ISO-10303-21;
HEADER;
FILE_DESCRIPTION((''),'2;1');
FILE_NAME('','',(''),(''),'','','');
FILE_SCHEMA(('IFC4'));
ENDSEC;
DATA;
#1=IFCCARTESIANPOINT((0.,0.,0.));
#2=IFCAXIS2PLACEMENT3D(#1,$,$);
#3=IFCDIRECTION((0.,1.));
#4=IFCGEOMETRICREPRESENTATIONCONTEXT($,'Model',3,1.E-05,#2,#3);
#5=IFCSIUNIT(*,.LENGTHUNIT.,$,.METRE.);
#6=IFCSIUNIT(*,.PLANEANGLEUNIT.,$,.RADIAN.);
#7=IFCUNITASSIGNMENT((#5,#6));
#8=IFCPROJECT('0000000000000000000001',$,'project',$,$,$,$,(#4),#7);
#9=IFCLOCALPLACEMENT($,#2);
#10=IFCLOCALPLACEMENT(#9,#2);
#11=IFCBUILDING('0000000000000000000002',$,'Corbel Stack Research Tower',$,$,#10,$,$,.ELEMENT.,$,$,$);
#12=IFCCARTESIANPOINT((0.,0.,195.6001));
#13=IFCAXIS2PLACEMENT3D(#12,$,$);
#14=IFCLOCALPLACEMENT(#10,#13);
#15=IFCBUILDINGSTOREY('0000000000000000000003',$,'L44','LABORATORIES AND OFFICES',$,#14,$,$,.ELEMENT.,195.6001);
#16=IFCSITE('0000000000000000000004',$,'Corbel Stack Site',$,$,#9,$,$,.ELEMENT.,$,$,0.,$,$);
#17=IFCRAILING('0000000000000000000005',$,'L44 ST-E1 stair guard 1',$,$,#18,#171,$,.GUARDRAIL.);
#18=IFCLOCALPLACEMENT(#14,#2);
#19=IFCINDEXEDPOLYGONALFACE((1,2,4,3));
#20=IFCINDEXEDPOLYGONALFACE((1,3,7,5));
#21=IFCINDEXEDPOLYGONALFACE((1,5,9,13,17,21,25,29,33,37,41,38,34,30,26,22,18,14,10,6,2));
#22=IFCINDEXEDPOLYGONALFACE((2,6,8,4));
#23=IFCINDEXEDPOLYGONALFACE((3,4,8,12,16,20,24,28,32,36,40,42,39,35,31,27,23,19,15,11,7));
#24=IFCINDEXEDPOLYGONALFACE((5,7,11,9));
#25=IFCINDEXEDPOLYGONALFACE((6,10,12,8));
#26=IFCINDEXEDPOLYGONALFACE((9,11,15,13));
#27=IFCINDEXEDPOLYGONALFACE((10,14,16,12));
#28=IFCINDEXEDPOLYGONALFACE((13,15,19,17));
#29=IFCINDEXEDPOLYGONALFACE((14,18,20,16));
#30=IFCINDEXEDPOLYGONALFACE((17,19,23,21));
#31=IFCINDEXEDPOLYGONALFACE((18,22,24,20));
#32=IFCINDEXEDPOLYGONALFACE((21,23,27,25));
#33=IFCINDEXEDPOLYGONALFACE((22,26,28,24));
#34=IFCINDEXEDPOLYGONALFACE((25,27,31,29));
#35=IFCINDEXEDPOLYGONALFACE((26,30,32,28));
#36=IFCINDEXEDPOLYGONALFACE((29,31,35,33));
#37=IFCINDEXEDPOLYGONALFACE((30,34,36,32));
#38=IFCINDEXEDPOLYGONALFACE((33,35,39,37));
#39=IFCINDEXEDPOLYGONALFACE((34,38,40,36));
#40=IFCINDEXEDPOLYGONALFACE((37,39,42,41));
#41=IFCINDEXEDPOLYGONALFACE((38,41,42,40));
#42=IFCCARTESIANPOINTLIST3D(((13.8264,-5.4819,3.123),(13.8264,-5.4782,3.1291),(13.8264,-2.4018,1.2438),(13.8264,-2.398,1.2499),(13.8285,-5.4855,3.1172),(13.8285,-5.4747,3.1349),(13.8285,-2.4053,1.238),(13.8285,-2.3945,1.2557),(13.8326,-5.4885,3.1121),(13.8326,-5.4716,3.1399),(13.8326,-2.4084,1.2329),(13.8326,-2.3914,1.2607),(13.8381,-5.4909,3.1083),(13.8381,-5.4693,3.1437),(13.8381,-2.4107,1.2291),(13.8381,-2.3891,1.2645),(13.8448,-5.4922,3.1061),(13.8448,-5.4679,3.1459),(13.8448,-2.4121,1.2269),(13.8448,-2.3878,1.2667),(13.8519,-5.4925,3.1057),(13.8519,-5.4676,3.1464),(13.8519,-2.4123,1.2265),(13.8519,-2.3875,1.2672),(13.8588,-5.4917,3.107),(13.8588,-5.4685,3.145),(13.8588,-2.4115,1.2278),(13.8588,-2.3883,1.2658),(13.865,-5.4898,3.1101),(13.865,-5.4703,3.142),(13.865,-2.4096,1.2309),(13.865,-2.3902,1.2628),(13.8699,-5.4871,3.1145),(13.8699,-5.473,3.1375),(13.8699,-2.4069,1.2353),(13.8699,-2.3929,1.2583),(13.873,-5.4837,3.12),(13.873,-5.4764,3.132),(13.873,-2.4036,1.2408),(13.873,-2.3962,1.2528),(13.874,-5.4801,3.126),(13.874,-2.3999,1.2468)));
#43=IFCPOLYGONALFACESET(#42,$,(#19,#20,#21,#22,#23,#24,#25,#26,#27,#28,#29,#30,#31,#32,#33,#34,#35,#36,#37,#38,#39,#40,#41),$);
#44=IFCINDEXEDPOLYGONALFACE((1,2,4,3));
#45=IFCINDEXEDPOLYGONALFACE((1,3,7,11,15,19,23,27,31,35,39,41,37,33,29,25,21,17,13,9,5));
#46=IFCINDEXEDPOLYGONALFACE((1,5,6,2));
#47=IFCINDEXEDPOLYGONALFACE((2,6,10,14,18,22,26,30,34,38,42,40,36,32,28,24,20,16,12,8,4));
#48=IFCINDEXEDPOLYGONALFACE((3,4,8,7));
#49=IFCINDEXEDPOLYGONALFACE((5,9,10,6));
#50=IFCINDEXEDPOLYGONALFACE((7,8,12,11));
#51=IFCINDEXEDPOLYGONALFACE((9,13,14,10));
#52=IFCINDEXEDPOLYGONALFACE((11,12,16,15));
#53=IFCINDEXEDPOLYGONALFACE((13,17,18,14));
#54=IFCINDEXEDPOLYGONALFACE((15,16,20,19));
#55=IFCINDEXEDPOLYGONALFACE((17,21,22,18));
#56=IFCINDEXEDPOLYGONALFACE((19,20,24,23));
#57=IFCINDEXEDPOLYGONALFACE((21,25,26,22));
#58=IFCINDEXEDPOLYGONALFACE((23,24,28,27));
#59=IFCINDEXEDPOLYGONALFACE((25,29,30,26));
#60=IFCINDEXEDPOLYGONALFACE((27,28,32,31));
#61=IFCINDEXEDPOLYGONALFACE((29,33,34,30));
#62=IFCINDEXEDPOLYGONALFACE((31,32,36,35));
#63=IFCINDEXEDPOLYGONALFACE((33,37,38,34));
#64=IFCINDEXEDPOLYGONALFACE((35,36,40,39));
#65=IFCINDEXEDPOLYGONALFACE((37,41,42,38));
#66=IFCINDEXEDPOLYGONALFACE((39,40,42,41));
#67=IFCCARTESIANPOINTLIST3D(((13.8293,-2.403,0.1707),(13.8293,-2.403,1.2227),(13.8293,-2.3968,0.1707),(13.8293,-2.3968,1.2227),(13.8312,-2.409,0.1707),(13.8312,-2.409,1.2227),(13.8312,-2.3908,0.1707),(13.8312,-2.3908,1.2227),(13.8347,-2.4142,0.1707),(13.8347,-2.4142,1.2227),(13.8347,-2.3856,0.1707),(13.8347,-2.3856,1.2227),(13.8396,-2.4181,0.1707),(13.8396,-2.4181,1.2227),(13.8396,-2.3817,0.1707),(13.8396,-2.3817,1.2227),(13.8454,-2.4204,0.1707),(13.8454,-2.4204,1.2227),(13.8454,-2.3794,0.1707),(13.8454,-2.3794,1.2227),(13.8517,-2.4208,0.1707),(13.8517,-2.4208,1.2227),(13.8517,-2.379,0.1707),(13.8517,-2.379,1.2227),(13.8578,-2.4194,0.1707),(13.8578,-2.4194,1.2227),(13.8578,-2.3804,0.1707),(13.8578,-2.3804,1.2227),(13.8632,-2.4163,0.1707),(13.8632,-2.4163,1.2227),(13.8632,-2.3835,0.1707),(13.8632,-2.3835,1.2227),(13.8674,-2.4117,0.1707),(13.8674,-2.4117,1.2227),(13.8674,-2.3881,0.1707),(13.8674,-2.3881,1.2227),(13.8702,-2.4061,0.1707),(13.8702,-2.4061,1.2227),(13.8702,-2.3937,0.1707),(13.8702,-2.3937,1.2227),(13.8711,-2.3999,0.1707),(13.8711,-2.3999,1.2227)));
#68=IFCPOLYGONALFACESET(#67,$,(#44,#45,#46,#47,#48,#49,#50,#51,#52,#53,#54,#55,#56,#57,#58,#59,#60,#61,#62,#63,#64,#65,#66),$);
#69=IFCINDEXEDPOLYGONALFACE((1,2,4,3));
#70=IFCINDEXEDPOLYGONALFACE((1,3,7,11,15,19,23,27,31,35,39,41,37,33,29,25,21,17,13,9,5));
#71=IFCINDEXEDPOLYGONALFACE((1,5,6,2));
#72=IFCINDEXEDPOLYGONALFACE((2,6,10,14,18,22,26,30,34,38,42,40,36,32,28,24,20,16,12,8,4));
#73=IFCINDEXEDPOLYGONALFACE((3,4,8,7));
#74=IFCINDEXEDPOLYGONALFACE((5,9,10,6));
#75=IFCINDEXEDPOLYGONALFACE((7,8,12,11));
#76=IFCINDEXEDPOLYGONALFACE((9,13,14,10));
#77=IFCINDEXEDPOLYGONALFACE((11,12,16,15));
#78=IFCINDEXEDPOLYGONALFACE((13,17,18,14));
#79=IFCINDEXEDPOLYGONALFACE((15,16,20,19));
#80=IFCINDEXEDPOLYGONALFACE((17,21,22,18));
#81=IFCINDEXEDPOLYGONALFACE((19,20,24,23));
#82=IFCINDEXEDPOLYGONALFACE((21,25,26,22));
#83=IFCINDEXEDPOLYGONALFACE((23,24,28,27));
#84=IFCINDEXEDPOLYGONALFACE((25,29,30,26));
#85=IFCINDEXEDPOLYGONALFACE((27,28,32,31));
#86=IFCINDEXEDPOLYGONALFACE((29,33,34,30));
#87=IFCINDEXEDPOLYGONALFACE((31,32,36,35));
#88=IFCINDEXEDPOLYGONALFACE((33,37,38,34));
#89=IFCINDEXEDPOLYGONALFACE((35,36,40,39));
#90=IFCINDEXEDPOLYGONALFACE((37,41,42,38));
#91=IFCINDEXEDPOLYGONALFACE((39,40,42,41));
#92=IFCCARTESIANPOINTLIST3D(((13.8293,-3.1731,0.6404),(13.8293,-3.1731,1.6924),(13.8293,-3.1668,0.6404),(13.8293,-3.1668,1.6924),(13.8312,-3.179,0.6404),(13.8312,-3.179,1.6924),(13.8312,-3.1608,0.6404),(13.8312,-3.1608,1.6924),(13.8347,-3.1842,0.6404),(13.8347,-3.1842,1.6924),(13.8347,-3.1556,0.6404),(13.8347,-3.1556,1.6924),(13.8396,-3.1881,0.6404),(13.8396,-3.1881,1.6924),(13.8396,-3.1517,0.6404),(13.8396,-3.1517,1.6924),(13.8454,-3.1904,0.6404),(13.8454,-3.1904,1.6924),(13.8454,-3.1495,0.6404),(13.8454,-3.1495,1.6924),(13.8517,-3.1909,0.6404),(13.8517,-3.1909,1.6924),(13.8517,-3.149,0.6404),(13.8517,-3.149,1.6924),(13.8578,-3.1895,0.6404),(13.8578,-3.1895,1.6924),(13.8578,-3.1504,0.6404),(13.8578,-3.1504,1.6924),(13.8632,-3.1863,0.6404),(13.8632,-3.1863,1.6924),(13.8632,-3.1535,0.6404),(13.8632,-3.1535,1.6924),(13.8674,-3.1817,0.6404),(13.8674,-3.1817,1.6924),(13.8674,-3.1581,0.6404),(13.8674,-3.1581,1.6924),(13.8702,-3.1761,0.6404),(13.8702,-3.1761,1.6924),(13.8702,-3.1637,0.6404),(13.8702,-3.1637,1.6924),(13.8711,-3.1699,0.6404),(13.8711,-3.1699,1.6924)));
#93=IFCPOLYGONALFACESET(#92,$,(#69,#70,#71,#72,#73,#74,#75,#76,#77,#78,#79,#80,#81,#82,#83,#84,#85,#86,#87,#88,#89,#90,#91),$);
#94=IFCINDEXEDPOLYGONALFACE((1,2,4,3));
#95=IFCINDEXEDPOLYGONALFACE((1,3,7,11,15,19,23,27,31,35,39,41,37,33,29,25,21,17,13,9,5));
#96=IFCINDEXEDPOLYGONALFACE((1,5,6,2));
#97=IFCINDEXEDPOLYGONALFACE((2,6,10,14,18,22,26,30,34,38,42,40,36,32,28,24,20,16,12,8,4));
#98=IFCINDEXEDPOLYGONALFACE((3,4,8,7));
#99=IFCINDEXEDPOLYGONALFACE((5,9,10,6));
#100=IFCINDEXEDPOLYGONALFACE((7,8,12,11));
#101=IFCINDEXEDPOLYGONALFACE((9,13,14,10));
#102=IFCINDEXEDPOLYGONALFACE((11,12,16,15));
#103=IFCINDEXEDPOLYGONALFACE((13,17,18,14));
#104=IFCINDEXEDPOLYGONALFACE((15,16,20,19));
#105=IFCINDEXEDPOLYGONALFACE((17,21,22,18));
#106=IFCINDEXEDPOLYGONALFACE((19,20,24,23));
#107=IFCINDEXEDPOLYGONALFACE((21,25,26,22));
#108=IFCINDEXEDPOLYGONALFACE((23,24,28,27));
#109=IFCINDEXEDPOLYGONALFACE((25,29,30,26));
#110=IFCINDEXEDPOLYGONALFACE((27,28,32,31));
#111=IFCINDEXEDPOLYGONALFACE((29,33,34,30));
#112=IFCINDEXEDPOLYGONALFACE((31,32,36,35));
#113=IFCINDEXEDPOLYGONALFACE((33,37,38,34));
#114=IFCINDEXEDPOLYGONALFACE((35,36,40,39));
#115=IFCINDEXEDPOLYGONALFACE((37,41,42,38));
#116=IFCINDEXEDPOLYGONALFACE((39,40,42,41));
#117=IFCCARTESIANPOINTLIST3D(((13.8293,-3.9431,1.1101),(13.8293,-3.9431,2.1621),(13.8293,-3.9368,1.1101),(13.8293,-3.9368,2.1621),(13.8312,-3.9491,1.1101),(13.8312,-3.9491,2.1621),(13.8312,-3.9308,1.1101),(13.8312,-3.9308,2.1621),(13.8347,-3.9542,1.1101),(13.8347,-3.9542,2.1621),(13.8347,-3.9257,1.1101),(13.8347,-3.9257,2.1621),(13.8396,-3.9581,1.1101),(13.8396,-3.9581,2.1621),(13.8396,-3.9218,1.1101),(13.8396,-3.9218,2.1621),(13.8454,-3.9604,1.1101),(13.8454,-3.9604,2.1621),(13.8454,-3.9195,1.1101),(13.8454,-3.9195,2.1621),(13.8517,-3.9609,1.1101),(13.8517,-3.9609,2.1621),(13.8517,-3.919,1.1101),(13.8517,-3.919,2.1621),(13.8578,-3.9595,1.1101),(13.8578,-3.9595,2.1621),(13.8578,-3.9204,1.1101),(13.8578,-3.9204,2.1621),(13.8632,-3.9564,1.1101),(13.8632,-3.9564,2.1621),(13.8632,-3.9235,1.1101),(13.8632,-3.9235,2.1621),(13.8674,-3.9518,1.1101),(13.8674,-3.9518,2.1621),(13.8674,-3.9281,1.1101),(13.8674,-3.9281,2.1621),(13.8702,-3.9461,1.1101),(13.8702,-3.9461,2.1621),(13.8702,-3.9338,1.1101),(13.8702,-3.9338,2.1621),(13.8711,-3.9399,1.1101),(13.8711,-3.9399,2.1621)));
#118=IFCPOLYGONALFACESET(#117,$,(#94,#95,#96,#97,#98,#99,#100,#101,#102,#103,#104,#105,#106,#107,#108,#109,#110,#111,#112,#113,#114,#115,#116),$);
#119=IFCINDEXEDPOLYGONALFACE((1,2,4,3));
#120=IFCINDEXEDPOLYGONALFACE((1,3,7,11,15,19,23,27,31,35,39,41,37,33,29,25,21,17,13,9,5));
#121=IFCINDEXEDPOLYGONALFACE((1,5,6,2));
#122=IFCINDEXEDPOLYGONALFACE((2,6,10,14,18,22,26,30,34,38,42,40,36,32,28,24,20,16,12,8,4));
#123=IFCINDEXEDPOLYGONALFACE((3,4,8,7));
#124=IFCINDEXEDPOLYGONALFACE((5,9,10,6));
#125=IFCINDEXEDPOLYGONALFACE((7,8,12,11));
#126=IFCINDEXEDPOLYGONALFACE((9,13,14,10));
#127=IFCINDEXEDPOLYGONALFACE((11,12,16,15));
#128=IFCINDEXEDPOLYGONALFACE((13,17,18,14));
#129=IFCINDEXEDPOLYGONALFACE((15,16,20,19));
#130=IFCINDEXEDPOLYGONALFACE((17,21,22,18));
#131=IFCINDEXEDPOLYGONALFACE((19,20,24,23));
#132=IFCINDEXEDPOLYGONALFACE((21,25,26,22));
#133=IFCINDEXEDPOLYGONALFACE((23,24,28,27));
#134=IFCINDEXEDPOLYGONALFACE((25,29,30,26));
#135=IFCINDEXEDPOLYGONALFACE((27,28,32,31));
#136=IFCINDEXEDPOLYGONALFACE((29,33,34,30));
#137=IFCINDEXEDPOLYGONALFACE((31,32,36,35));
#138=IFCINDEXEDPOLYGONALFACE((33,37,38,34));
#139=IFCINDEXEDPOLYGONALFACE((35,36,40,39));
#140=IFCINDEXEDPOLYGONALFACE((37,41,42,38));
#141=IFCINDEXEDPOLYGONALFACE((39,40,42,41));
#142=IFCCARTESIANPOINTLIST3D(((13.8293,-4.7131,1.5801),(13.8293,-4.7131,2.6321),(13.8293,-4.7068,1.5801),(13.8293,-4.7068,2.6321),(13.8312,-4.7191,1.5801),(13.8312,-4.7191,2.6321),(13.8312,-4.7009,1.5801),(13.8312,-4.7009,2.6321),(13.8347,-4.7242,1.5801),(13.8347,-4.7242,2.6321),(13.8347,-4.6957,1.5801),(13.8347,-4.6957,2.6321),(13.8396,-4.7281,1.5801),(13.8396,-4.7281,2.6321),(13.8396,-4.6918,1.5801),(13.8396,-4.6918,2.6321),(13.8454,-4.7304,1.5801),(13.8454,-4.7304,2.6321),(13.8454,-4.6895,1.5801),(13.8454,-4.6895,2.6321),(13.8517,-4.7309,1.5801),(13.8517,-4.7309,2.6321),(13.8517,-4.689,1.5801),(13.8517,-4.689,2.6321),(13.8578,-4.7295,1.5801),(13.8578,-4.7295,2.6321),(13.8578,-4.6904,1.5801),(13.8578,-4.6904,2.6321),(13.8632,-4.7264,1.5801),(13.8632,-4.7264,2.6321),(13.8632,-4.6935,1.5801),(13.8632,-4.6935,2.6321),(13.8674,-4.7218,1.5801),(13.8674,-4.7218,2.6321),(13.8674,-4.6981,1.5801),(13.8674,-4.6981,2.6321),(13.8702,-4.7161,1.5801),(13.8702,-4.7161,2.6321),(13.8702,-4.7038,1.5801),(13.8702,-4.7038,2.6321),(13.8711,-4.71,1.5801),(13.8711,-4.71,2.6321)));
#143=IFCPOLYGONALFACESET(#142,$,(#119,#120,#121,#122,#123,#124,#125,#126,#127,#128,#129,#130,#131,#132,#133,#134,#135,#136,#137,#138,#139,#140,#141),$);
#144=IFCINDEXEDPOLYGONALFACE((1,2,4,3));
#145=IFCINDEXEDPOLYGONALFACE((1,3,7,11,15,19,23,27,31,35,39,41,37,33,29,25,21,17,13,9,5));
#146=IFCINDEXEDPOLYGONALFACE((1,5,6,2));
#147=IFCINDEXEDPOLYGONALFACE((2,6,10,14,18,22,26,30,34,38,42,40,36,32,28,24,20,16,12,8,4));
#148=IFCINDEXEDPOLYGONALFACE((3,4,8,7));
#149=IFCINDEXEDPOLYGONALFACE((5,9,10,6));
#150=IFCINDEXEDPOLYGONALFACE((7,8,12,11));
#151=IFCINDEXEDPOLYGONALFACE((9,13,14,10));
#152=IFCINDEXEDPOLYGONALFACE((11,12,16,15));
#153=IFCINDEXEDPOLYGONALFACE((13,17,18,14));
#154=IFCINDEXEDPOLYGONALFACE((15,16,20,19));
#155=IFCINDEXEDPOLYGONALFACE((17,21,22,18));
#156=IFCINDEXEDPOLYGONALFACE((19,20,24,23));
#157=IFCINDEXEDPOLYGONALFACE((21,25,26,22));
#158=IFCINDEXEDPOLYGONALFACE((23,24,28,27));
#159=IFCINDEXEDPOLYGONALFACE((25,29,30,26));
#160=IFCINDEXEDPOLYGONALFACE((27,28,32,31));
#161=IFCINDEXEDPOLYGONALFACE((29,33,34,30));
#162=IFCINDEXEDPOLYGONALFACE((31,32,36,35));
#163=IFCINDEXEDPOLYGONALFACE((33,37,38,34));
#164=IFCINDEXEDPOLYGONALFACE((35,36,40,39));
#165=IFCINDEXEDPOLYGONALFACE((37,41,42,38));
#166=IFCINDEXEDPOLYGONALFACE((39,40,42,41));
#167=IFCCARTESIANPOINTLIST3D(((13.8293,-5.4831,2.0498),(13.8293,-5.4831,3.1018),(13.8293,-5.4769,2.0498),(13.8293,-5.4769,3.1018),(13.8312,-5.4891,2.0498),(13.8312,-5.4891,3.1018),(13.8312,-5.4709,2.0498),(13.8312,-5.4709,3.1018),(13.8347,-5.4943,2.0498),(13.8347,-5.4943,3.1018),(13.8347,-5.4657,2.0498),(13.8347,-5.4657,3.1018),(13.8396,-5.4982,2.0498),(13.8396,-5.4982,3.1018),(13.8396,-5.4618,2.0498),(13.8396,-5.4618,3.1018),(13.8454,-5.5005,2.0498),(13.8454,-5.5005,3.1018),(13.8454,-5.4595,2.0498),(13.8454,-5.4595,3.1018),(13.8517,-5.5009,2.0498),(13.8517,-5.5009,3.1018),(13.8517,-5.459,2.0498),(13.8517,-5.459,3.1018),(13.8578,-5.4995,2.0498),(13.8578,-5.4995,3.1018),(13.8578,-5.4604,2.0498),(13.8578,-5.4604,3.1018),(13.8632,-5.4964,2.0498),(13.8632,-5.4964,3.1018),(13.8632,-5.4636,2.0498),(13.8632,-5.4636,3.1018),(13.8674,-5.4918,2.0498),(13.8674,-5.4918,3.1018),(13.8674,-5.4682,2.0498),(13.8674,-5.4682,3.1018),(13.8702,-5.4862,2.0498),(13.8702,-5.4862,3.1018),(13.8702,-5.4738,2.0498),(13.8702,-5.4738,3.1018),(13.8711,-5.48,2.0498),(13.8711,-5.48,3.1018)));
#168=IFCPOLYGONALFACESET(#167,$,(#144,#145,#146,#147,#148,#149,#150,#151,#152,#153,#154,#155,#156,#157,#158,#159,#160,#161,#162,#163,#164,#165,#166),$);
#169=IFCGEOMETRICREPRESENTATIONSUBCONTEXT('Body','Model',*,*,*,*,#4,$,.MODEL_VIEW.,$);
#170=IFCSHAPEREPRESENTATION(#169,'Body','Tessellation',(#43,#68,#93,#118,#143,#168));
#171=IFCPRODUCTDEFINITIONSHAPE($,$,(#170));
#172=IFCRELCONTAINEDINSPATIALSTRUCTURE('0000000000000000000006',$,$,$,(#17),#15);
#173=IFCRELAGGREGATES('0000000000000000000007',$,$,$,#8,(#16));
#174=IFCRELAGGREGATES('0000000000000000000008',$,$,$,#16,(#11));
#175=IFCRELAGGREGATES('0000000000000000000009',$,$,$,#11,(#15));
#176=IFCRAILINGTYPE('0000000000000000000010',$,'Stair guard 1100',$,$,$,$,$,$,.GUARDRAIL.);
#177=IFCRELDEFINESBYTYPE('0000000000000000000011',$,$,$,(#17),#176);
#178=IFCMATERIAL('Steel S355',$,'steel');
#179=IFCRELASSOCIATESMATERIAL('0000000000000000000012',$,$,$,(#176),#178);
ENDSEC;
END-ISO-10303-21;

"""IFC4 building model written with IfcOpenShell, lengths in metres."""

from ifc_helpers import new_model, si_unit, direction, frame, origin, origin_2d, place, context, subcontext, project, spatial, circle, extrude, material, type_object, element, save


model = new_model("IFC4")

# Units and contexts
model_context = context("Model", 3, precision=1e-05, world=origin(), true_north=direction((0.0, 1.0)))
body_context = subcontext(model_context, "Body", "Model", "MODEL_VIEW")
ifc_project = project(units=[si_unit("LENGTHUNIT", "METRE"), si_unit("PLANEANGLEUNIT", "RADIAN")], contexts=[model_context])

# Site, building, storey
site_placement = place(None, origin())
site = spatial("IfcSite", under=ifc_project, at=site_placement, Name="Corbel Stack Site", CompositionType="ELEMENT", RefElevation=0.0)
building_placement = place(site_placement, origin())
building = spatial("IfcBuilding", under=site, at=building_placement, Name="Corbel Stack Research Tower", CompositionType="ELEMENT")
storey_placement = place(building_placement, frame((0.0, 0.0, 195.6001)))
storey = spatial("IfcBuildingStorey", under=building, at=storey_placement, Name="L44", Description="LABORATORIES AND OFFICES", CompositionType="ELEMENT", Elevation=195.6001)

# Railing
ifc_material_1 = material(Name="Steel S355", Category="steel")
railing_type_1 = type_object("IfcRailingType", Name="Stair guard 1100", PredefinedType="GUARDRAIL", material=ifc_material_1)
railing_1_placement = place(storey_placement, frame((13.8501, -2.3999, 0.1707)))
element("IfcRailing", 1, at=railing_1_placement, inside=storey, type_object=railing_type_1, Name="L44 ST-E1 stair guard 1", PredefinedType="GUARDRAIL", context=body_context, shape_type="SweptSolid", body=[
    extrude(circle(Radius=0.0239, at=origin_2d()), frame((0.0, 0.0, 1.0762), z_axis=(0.0, -0.853666, 0.52082), x_axis=(1.0, 0.0, 0.0)), (0.0, 0.0, 1.0), 3.6082),
    extrude(circle(Radius=0.021, at=origin_2d()), origin(), (0.0, 0.0, 1.0), 1.052),
    extrude(circle(Radius=0.021, at=origin_2d()), frame((0.0, -0.77, 0.4697)), (0.0, 0.0, 1.0), 1.052),
    extrude(circle(Radius=0.021, at=origin_2d()), frame((0.0, -1.54, 0.9395)), (0.0, 0.0, 1.0), 1.052),
    extrude(circle(Radius=0.021, at=origin_2d()), frame((0.0, -2.3101, 1.4094)), (0.0, 0.0, 1.0), 1.052),
    extrude(circle(Radius=0.021, at=origin_2d()), frame((0.0, -3.0801, 1.8792)), (0.0, 0.0, 1.0), 1.052),
])

save(model, "model.ifc")
